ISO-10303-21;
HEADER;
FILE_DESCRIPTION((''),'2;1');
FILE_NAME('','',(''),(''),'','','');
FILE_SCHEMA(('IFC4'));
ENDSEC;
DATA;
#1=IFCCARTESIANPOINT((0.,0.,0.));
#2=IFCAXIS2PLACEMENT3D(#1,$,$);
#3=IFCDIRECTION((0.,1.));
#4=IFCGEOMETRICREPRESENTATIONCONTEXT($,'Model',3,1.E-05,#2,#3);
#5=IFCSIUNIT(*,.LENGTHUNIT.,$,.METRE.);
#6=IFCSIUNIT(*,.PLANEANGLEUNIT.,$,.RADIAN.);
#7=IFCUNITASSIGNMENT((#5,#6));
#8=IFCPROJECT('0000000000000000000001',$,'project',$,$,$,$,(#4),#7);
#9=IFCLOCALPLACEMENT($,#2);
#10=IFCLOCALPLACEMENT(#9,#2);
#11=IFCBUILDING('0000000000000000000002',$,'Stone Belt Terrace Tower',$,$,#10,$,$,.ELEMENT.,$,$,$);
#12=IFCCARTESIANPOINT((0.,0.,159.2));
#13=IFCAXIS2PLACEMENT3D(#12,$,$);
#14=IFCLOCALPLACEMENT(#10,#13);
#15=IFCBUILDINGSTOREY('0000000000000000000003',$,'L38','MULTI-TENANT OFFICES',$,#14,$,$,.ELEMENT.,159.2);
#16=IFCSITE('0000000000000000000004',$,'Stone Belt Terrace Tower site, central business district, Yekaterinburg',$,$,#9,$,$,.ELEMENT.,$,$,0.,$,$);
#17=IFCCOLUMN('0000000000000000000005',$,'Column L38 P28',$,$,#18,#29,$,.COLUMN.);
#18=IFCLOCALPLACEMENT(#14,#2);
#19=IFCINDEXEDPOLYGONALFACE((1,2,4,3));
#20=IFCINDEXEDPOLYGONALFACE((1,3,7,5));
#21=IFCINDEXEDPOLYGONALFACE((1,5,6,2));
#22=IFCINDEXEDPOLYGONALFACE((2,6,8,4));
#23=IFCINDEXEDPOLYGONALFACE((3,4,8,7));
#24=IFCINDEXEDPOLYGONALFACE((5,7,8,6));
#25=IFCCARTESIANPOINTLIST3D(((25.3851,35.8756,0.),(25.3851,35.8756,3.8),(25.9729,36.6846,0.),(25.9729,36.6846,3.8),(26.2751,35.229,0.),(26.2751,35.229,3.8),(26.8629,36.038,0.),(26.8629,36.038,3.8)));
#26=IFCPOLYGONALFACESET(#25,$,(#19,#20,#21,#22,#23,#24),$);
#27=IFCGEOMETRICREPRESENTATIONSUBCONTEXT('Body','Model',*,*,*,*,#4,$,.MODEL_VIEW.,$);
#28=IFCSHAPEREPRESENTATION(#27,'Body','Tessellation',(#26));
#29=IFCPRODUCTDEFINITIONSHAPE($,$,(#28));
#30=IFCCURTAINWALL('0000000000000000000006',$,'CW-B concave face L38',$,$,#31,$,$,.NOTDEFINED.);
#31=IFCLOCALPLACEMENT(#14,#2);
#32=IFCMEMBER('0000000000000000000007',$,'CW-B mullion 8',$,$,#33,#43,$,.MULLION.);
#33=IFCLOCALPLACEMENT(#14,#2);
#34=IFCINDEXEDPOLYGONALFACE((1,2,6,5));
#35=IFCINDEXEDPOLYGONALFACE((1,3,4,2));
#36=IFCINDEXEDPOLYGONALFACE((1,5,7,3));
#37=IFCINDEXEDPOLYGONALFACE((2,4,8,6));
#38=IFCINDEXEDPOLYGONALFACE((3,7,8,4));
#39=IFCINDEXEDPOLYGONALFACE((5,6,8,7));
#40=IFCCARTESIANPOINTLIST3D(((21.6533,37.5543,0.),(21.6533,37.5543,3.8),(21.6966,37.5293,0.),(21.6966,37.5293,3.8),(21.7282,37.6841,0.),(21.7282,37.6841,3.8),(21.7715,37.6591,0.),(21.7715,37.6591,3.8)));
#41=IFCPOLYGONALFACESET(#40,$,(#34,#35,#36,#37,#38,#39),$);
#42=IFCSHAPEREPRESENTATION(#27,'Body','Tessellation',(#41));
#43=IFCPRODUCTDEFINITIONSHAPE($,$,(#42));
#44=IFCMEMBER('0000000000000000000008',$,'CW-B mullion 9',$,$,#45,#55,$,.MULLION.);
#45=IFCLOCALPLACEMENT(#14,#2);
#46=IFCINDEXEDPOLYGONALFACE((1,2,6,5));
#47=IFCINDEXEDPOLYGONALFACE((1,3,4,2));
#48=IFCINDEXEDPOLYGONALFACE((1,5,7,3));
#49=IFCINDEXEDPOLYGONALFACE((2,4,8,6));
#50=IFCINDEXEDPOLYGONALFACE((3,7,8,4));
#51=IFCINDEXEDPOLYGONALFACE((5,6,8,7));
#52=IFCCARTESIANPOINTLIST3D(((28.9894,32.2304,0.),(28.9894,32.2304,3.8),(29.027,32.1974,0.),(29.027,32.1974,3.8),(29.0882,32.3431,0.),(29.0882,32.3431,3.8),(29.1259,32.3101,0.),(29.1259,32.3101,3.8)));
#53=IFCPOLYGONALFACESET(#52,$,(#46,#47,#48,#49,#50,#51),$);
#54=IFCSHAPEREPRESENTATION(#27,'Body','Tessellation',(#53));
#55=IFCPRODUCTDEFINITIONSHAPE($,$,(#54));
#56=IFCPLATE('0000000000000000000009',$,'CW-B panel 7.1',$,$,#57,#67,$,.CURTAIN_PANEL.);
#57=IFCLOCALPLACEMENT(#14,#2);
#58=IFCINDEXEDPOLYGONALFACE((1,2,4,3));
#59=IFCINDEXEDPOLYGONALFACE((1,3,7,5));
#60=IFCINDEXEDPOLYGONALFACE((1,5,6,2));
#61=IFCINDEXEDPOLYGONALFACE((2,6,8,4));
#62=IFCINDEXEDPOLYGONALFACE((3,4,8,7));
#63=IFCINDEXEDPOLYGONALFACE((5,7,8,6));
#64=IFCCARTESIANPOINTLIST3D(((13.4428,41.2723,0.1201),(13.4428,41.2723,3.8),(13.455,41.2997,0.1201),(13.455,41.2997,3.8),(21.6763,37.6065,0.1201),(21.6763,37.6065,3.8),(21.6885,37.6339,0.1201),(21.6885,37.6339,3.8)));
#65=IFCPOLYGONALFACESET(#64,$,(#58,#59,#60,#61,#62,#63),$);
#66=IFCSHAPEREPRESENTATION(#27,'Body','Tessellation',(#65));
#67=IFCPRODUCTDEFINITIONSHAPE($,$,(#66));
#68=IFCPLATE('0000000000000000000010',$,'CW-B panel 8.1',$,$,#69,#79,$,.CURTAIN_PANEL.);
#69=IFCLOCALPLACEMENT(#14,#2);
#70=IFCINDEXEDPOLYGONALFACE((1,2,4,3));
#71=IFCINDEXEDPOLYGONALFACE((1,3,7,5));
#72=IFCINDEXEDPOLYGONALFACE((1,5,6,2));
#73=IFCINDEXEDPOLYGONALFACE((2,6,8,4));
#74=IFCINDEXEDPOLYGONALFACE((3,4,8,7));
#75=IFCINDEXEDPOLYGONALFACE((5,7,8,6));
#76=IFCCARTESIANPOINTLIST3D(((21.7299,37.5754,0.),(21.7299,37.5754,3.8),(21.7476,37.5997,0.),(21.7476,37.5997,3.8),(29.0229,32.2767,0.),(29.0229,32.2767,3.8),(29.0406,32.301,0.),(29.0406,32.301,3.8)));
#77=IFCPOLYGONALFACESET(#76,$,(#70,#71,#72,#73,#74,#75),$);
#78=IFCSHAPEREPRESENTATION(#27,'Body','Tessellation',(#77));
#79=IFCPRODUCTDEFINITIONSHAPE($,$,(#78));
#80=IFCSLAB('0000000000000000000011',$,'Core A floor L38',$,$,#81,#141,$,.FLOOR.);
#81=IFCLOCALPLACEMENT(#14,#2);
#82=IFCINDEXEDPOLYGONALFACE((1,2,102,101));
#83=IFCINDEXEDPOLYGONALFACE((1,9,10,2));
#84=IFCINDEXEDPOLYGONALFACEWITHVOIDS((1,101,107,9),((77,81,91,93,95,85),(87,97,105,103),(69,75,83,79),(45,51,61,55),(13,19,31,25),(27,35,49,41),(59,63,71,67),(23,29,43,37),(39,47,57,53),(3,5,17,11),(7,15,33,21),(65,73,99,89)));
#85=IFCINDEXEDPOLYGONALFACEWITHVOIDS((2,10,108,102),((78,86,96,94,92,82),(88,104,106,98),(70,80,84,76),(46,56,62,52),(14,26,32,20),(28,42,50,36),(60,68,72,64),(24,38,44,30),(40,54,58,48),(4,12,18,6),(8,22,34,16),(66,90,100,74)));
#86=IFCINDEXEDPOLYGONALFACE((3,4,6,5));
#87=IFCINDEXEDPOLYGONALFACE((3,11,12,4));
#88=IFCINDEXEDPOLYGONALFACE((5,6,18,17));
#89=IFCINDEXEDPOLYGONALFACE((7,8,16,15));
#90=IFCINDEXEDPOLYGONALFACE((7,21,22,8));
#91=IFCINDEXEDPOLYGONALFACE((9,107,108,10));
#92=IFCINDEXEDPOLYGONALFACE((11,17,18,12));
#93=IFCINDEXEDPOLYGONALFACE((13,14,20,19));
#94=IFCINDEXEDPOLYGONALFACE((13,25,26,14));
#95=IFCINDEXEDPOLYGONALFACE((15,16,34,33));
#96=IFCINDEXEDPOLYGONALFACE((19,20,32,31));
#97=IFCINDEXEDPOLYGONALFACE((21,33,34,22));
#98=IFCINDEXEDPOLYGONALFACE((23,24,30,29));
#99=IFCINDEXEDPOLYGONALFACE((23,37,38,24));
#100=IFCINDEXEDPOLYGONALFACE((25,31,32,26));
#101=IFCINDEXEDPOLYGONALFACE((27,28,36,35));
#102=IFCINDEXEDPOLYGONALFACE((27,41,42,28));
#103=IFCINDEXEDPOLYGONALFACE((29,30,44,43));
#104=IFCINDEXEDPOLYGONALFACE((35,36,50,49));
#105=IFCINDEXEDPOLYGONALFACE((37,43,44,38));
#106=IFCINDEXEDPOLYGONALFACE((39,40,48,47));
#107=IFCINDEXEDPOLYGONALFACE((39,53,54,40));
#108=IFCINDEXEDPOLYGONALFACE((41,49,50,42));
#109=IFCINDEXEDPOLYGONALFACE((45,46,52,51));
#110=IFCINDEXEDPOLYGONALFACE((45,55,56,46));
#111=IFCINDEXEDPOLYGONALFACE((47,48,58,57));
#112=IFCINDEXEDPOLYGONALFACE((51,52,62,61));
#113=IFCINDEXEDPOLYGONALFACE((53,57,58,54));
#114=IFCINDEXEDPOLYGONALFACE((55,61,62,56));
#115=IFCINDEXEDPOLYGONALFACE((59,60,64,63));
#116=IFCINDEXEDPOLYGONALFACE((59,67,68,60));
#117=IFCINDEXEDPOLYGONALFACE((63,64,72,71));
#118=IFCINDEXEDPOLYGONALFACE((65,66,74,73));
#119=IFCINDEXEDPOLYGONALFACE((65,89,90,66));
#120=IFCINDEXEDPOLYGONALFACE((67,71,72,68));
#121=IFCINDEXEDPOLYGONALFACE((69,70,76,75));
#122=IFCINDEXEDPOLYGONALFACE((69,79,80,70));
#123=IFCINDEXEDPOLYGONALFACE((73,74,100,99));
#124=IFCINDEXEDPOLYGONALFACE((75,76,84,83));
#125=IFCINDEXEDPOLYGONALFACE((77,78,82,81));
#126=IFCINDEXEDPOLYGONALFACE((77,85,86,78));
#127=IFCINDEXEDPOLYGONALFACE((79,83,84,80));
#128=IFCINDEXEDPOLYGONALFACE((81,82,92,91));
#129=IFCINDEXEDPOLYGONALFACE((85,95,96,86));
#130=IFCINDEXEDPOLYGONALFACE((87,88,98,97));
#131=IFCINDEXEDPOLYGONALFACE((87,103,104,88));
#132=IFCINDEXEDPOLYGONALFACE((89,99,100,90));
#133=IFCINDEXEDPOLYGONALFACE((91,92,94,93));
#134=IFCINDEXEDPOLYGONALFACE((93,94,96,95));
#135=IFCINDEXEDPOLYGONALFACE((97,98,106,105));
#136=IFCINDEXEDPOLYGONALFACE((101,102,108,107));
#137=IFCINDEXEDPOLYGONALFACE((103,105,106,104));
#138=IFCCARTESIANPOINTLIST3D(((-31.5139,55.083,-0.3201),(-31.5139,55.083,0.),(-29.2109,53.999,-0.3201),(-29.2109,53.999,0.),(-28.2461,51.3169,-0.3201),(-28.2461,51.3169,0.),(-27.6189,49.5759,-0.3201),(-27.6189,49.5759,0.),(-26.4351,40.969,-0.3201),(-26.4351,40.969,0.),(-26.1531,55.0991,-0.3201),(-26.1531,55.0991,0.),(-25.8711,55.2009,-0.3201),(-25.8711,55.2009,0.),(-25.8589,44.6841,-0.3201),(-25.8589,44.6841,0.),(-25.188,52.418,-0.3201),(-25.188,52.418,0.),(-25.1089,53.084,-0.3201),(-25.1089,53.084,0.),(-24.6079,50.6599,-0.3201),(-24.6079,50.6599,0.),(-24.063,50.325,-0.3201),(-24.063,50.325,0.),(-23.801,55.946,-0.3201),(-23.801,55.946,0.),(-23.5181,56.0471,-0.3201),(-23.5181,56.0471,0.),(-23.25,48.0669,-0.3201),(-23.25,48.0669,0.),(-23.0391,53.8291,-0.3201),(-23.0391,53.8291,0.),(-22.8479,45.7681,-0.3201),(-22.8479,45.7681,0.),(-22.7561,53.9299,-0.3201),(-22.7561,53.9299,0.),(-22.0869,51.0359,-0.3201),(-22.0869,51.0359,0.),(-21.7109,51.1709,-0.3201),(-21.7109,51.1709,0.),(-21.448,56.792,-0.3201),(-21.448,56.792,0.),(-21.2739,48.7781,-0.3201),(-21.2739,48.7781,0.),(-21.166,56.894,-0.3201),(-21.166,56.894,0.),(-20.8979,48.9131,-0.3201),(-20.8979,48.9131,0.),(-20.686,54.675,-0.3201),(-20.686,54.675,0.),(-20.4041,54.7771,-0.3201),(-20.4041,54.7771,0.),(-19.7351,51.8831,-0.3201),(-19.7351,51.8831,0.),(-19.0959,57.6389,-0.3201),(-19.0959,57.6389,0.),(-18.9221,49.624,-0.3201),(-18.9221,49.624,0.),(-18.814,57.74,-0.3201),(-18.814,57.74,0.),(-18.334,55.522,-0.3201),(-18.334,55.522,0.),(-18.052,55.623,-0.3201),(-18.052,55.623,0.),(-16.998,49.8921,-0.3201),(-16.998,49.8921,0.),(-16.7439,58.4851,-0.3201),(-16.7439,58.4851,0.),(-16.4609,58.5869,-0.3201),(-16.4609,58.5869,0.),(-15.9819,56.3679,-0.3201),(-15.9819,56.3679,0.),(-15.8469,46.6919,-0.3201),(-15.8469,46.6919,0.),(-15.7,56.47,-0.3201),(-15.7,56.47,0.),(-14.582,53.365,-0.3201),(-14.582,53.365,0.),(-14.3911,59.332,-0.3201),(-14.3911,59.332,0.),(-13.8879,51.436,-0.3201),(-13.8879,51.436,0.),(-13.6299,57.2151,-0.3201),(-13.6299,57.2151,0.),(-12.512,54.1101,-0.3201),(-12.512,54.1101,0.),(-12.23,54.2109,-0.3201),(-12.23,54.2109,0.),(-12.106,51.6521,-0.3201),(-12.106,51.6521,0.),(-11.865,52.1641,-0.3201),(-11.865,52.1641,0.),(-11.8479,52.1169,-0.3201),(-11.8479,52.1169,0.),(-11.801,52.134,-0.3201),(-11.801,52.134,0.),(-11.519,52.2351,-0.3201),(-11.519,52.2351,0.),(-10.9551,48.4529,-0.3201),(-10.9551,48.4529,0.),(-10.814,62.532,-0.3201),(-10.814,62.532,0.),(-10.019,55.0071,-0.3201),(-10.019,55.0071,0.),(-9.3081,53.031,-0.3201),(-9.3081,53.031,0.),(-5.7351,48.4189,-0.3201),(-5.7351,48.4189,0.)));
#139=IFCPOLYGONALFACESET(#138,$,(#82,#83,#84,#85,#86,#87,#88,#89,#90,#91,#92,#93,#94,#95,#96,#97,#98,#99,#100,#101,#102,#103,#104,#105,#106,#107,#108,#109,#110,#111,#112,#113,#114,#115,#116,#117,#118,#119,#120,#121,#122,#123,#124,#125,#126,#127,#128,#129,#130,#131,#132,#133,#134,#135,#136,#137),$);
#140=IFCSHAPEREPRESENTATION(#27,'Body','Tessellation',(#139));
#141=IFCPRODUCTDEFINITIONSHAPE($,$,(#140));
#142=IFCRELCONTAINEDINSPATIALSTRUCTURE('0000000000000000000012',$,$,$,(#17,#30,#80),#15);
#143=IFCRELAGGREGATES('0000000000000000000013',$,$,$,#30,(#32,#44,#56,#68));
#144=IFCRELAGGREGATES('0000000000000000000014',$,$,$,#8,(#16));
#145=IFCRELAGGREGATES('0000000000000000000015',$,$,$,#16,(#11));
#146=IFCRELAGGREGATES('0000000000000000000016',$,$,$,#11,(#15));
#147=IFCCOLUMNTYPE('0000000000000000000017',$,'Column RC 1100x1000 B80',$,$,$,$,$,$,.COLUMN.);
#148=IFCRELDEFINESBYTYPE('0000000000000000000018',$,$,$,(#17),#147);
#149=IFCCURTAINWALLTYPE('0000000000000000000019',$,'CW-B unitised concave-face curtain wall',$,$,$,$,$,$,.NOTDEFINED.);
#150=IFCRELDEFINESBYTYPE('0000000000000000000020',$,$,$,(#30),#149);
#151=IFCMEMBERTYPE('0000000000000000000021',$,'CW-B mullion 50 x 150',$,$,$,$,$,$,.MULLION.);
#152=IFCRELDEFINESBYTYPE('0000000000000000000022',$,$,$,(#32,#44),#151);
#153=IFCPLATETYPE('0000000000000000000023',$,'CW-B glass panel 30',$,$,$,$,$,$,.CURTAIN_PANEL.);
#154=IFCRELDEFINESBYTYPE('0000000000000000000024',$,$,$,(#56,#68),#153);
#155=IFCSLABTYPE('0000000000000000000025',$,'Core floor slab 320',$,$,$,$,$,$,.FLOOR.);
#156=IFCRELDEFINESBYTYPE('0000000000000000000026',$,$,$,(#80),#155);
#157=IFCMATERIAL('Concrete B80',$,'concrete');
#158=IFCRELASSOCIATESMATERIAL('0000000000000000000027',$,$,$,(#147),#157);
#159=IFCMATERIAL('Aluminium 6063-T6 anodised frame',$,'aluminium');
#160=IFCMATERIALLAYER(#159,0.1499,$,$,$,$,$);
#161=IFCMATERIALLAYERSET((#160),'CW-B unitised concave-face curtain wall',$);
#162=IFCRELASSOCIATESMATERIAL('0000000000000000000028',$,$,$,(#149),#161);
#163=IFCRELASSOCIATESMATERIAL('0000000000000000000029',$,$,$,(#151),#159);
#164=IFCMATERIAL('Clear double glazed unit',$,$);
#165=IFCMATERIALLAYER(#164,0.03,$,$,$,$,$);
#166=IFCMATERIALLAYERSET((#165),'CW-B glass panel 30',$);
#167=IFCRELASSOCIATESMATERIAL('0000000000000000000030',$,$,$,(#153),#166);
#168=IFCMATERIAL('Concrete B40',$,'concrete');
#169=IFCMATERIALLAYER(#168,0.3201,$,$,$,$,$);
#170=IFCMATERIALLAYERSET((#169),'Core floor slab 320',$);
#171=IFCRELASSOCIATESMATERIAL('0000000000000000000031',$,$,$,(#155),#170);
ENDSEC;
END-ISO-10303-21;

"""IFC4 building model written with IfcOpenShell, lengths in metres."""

from ifc_helpers import new_model, si_unit, direction, frame, origin, origin_2d, place, context, subcontext, project, spatial, polyline, rectangle, outline, extrude, material, layer, layer_set, material_profile, profile_set, type_object, element, aggregate, save


model = new_model("IFC4")

# Units and contexts
model_context = context("Model", 3, precision=1e-05, world=origin(), true_north=direction((0.0, 1.0)))
body_context = subcontext(model_context, "Body", "Model", "MODEL_VIEW")
ifc_project = project(units=[si_unit("LENGTHUNIT", "METRE"), si_unit("PLANEANGLEUNIT", "RADIAN")], contexts=[model_context])

# Site, building, storey
site_placement = place(None, origin())
site = spatial("IfcSite", under=ifc_project, at=site_placement, Name="Stone Belt Terrace Tower site, central business district, Yekaterinburg", CompositionType="ELEMENT", RefElevation=0.0)
building_placement = place(site_placement, origin())
building = spatial("IfcBuilding", under=site, at=building_placement, Name="Stone Belt Terrace Tower", CompositionType="ELEMENT")
storey_placement = place(building_placement, frame((0.0, 0.0, 159.2)))
storey = spatial("IfcBuildingStorey", under=building, at=storey_placement, Name="L38", Description="MULTI-TENANT OFFICES", CompositionType="ELEMENT", Elevation=159.2)

# Column
ifc_material_1 = material(Name="Concrete B80", Category="concrete")
ifc_material_profile_1 = material_profile(ifc_material_1, rectangle(XDim=1.1001, YDim=1.0, at=origin_2d()), Name="RC 1100x1000")
ifc_profile_set_1 = profile_set([ifc_material_profile_1], Name="Concrete B80")
column_type = type_object("IfcColumnType", Name="Column RC 1100x1000 B80", PredefinedType="COLUMN", material=ifc_profile_set_1)
column_placement = place(storey_placement, frame((26.124, 35.9568, 0.0), z_axis=(0.0, 0.0, 1.0), x_axis=(0.809017, -0.587785, 0.0)))
element("IfcColumn", 1, at=column_placement, inside=storey, type_object=column_type, Name="Column L38 P28", PredefinedType="COLUMN", context=body_context, shape_type="SweptSolid", body=[
    extrude(rectangle(XDim=1.1001, YDim=1.0, at=origin_2d()), origin(), (0.0, 0.0, 1.0), 3.8),
])

# Curtain wall, members, plates
ifc_material_2 = material(Name="Aluminium 6063-T6 anodised frame", Category="aluminium")
ifc_layer_1 = layer(ifc_material_2, 0.1499)
ifc_layer_set_1 = layer_set([ifc_layer_1], Name="CW-B unitised concave-face curtain wall")
curtain_wall_type = type_object("IfcCurtainWallType", Name="CW-B unitised concave-face curtain wall", PredefinedType="NOTDEFINED", material=ifc_layer_set_1)
curtain_wall_placement = place(storey_placement, origin())
curtain_wall = element("IfcCurtainWall", 2, at=curtain_wall_placement, inside=storey, type_object=curtain_wall_type, Name="CW-B concave face L38", PredefinedType="NOTDEFINED")
ifc_material_profile_2 = material_profile(ifc_material_2, rectangle(XDim=0.1499, YDim=0.05, at=origin_2d()), Name="Aluminium 6063-T6 50x150")
ifc_profile_set_2 = profile_set([ifc_material_profile_2], Name="Aluminium 6063-T6 anodised frame")
member_type = type_object("IfcMemberType", Name="CW-B mullion 50 x 150", PredefinedType="MULLION", material=ifc_profile_set_2)
member_1_placement = place(storey_placement, frame((21.7124, 37.6067, 0.0), z_axis=(0.0, 0.0, 1.0), x_axis=(0.5, 0.866025, 0.0)))
member_1 = element("IfcMember", 3, at=member_1_placement, type_object=member_type, Name="CW-B mullion 8", PredefinedType="MULLION", context=body_context, shape_type="SweptSolid", body=[
    extrude(rectangle(XDim=0.1499, YDim=0.05, at=origin_2d()), origin(), (0.0, 0.0, 1.0), 3.8),
])
member_2_placement = place(storey_placement, frame((29.0576, 32.2703, 0.0), z_axis=(0.0, 0.0, 1.0), x_axis=(0.659495, 0.751709, 0.0)))
member_2 = element("IfcMember", 4, at=member_2_placement, type_object=member_type, Name="CW-B mullion 9", PredefinedType="MULLION", context=body_context, shape_type="SweptSolid", body=[
    extrude(rectangle(XDim=0.1499, YDim=0.05, at=origin_2d()), origin(), (0.0, 0.0, 1.0), 3.8),
])
ifc_material_3 = material(Name="Clear double glazed unit")
ifc_layer_2 = layer(ifc_material_3, 0.03)
ifc_layer_set_2 = layer_set([ifc_layer_2], Name="CW-B glass panel 30")
plate_type = type_object("IfcPlateType", Name="CW-B glass panel 30", PredefinedType="CURTAIN_PANEL", material=ifc_layer_set_2)
plate_1_placement = place(storey_placement, frame((17.5657, 39.4531, 0.1201), z_axis=(0.0, 0.0, 1.0), x_axis=(0.913545, -0.406737, 0.0)))
plate_1 = element("IfcPlate", 5, at=plate_1_placement, type_object=plate_type, Name="CW-B panel 7.1", PredefinedType="CURTAIN_PANEL", context=body_context, shape_type="SweptSolid", body=[
    extrude(rectangle(XDim=9.0127, YDim=0.03, at=origin_2d()), origin(), (0.0, 0.0, 1.0), 3.6799),
])
plate_2_placement = place(storey_placement, frame((25.3853, 34.9382, 0.0), z_axis=(0.0, 0.0, 1.0), x_axis=(0.809017, -0.587785, 0.0)))
plate_2 = element("IfcPlate", 6, at=plate_2_placement, type_object=plate_type, Name="CW-B panel 8.1", PredefinedType="CURTAIN_PANEL", context=body_context, shape_type="SweptSolid", body=[
    extrude(rectangle(XDim=9.0146, YDim=0.03, at=origin_2d()), origin(), (0.0, 0.0, 1.0), 3.8),
])
aggregate(curtain_wall, [member_1, member_2, plate_1, plate_2])

# Slab
ifc_material_4 = material(Name="Concrete B40", Category="concrete")
ifc_layer_3 = layer(ifc_material_4, 0.3201)
ifc_layer_set_3 = layer_set([ifc_layer_3], Name="Core floor slab 320")
slab_type_1 = type_object("IfcSlabType", Name="Core floor slab 320", PredefinedType="FLOOR", material=ifc_layer_set_3)
slab_1_placement = place(storey_placement, frame((0.0, 0.0, -0.3201)))
element("IfcSlab", 7, at=slab_1_placement, inside=storey, type_object=slab_type_1, Name="Core A floor L38", PredefinedType="FLOOR", context=body_context, shape_type="SweptSolid", body=[
    extrude(outline(polyline([(-26.4351, 40.969), (-5.7351, 48.4189), (-10.814, 62.532), (-31.5139, 55.083), (-26.4351, 40.969)]), holes=[polyline([(-24.6079, 50.6599), (-22.8479, 45.7681), (-25.8589, 44.6841), (-27.6189, 49.5759), (-24.6079, 50.6599)]), polyline([(-23.25, 48.0669), (-24.063, 50.325), (-22.0869, 51.0359), (-21.2739, 48.7781), (-23.25, 48.0669)]), polyline([(-20.8979, 48.9131), (-21.7109, 51.1709), (-19.7351, 51.8831), (-18.9221, 49.624), (-20.8979, 48.9131)]), polyline([(-28.2461, 51.3169), (-29.2109, 53.999), (-26.1531, 55.0991), (-25.188, 52.418), (-28.2461, 51.3169)]), polyline([(-23.801, 55.946), (-23.0391, 53.8291), (-25.1089, 53.084), (-25.8711, 55.2009), (-23.801, 55.946)]), polyline([(-21.448, 56.792), (-20.686, 54.675), (-22.7561, 53.9299), (-23.5181, 56.0471), (-21.448, 56.792)]), polyline([(-10.9551, 48.4529), (-15.8469, 46.6919), (-16.998, 49.8921), (-12.106, 51.6521), (-10.9551, 48.4529)]), polyline([(-11.8479, 52.1169), (-11.865, 52.1641), (-13.8879, 51.436), (-14.582, 53.365), (-12.512, 54.1101), (-11.801, 52.134), (-11.8479, 52.1169)]), polyline([(-9.3081, 53.031), (-11.519, 52.2351), (-12.23, 54.2109), (-10.019, 55.0071), (-9.3081, 53.031)]), polyline([(-21.166, 56.894), (-19.0959, 57.6389), (-18.334, 55.522), (-20.4041, 54.7771), (-21.166, 56.894)]), polyline([(-16.7439, 58.4851), (-15.9819, 56.3679), (-18.052, 55.623), (-18.814, 57.74), (-16.7439, 58.4851)]), polyline([(-14.3911, 59.332), (-13.6299, 57.2151), (-15.7, 56.47), (-16.4609, 58.5869), (-14.3911, 59.332)])]), origin(), (0.0, 0.0, 1.0), 0.3201),
])

save(model, "model.ifc")
